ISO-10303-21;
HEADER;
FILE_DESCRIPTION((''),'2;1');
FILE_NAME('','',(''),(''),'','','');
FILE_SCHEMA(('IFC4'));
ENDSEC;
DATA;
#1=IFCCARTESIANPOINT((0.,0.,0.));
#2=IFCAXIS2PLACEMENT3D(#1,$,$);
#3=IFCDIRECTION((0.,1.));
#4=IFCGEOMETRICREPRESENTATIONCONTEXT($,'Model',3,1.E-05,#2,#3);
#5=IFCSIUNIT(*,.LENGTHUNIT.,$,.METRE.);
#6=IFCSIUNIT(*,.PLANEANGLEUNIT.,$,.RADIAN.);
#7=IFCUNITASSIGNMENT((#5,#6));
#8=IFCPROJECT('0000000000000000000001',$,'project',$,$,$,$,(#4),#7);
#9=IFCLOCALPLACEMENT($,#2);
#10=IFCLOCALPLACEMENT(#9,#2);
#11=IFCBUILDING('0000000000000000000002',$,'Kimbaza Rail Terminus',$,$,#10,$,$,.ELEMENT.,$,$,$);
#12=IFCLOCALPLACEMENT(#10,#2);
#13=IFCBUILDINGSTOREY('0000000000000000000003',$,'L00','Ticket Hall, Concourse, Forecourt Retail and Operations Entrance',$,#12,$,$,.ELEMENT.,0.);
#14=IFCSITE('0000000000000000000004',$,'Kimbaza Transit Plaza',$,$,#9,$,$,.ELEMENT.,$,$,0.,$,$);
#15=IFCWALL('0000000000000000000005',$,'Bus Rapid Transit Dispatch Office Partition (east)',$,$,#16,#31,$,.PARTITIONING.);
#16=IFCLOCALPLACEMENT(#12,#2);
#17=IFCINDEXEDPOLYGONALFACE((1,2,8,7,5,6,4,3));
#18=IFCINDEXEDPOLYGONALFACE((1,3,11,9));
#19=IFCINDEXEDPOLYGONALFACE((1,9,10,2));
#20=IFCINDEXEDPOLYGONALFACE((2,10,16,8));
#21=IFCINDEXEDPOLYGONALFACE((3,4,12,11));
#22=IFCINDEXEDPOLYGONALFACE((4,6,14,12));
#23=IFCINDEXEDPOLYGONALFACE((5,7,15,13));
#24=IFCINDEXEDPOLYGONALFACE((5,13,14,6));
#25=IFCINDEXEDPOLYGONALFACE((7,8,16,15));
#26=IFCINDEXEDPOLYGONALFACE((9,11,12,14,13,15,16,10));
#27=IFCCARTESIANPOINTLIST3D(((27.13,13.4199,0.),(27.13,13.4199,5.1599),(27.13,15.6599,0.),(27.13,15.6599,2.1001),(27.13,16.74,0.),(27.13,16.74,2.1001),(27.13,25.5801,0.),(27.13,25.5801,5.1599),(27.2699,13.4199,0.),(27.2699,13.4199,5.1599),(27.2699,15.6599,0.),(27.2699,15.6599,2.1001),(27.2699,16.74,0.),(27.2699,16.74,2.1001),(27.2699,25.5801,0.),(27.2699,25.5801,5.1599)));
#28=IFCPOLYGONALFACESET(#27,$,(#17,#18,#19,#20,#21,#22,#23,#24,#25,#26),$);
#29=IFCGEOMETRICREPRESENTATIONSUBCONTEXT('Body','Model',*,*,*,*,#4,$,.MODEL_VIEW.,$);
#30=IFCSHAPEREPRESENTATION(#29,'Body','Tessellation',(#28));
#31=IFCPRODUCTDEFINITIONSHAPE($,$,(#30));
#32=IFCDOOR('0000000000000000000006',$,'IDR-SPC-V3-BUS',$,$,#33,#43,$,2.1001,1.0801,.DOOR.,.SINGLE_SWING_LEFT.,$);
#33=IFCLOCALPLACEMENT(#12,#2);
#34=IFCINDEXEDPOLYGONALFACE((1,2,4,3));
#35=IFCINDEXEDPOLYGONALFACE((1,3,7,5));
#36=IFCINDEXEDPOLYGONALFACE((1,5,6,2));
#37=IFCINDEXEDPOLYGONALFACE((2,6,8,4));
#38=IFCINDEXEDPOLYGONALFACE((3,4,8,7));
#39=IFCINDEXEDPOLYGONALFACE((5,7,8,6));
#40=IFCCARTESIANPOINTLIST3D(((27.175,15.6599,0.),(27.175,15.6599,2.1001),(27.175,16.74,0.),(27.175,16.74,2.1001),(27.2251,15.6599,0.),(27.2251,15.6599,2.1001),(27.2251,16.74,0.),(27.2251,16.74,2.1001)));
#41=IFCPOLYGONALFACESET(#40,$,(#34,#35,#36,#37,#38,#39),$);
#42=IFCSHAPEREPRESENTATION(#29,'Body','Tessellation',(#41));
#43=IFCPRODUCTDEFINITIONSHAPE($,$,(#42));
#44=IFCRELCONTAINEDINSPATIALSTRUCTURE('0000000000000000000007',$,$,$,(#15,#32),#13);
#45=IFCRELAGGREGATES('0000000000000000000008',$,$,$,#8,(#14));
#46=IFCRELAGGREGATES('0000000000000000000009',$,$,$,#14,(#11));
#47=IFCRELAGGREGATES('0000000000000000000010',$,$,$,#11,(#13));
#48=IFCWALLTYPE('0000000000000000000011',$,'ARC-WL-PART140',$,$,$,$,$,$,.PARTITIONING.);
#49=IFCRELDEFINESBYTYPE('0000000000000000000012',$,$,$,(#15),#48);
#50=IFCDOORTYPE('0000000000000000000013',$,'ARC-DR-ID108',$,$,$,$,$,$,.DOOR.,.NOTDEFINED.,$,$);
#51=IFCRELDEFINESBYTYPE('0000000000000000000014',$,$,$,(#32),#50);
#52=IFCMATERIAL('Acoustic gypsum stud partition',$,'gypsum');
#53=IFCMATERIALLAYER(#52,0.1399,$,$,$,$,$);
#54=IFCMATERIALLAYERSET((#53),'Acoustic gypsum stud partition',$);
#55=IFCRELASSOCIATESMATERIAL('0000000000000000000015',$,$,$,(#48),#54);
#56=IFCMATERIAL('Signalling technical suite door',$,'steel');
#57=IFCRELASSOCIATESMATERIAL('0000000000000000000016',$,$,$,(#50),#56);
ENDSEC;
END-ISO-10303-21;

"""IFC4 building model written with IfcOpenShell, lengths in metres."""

from ifc_helpers import new_model, si_unit, direction, frame, frame_2d, origin, place, context, subcontext, project, spatial, rectangle, extrude, material, layer, layer_set, type_object, element, fill, save


model = new_model("IFC4")

# Units and contexts
model_context = context("Model", 3, precision=1e-05, world=origin(), true_north=direction((0.0, 1.0)))
body_context = subcontext(model_context, "Body", "Model", "MODEL_VIEW")
ifc_project = project(units=[si_unit("LENGTHUNIT", "METRE"), si_unit("PLANEANGLEUNIT", "RADIAN")], contexts=[model_context])

# Site, building, storey
site_placement = place(None, origin())
site = spatial("IfcSite", under=ifc_project, at=site_placement, Name="Kimbaza Transit Plaza", CompositionType="ELEMENT", RefElevation=0.0)
building_placement = place(site_placement, origin())
building = spatial("IfcBuilding", under=site, at=building_placement, Name="Kimbaza Rail Terminus", CompositionType="ELEMENT")
storey_placement = place(building_placement, origin())
storey = spatial("IfcBuildingStorey", under=building, at=storey_placement, Name="L00", Description="Ticket Hall, Concourse, Forecourt Retail and Operations Entrance", CompositionType="ELEMENT", Elevation=0.0)

# Wall, opening, door
ifc_material_1 = material(Name="Acoustic gypsum stud partition", Category="gypsum")
ifc_layer_1 = layer(ifc_material_1, 0.1399)
ifc_layer_set_1 = layer_set([ifc_layer_1], Name="Acoustic gypsum stud partition")
wall_type_1 = type_object("IfcWallType", Name="ARC-WL-PART140", PredefinedType="PARTITIONING", material=ifc_layer_set_1)
wall_1_placement = place(storey_placement, frame((27.2, 13.4199, 0.0), z_axis=(0.0, 0.0, 1.0), x_axis=(0.0, 1.0, 0.0)))
wall_1 = element("IfcWall", 1, at=wall_1_placement, inside=storey, type_object=wall_type_1, Name="Bus Rapid Transit Dispatch Office Partition (east)", PredefinedType="PARTITIONING", context=body_context, shape_type="SweptSolid", body=[
    extrude(rectangle(XDim=12.1602, YDim=0.1399, at=frame_2d((6.0801, 0.0))), origin(), (0.0, 0.0, 1.0), 5.1599),
])
opening_1_placement = place(wall_1_placement, frame((2.24, 0.0, 0.0)))
opening_1 = element("IfcOpeningElement", 2, at=opening_1_placement, cuts=wall_1, PredefinedType="OPENING", context=body_context, shape_type="SweptSolid", body=[
    extrude(rectangle(XDim=1.0801, YDim=2.1001, at=frame_2d((0.54, 1.05))), frame((0.0, 0.0798, 0.0), z_axis=(0.0, -1.0, 0.0), x_axis=(1.0, 0.0, 0.0)), (0.0, 0.0, 1.0), 0.1599),
])
ifc_material_2 = material(Name="Signalling technical suite door", Category="steel")
door_type_1 = type_object("IfcDoorType", Name="ARC-DR-ID108", OperationType="NOTDEFINED", PredefinedType="DOOR", material=ifc_material_2)
door_1_placement = place(opening_1_placement, origin())
door_1 = element("IfcDoor", 3, at=door_1_placement, inside=storey, type_object=door_type_1, Name="IDR-SPC-V3-BUS", OperationType="SINGLE_SWING_LEFT", OverallHeight=2.1001, OverallWidth=1.0801, PredefinedType="DOOR", context=body_context, shape_type="SweptSolid", body=[
    extrude(rectangle(XDim=1.0801, YDim=2.1001, at=frame_2d((0.54, 1.05))), frame((0.0, 0.0249, 0.0), z_axis=(0.0, -1.0, 0.0), x_axis=(1.0, 0.0, 0.0)), (0.0, 0.0, 1.0), 0.05),
])
fill(opening_1, door_1)

save(model, "model.ifc")
